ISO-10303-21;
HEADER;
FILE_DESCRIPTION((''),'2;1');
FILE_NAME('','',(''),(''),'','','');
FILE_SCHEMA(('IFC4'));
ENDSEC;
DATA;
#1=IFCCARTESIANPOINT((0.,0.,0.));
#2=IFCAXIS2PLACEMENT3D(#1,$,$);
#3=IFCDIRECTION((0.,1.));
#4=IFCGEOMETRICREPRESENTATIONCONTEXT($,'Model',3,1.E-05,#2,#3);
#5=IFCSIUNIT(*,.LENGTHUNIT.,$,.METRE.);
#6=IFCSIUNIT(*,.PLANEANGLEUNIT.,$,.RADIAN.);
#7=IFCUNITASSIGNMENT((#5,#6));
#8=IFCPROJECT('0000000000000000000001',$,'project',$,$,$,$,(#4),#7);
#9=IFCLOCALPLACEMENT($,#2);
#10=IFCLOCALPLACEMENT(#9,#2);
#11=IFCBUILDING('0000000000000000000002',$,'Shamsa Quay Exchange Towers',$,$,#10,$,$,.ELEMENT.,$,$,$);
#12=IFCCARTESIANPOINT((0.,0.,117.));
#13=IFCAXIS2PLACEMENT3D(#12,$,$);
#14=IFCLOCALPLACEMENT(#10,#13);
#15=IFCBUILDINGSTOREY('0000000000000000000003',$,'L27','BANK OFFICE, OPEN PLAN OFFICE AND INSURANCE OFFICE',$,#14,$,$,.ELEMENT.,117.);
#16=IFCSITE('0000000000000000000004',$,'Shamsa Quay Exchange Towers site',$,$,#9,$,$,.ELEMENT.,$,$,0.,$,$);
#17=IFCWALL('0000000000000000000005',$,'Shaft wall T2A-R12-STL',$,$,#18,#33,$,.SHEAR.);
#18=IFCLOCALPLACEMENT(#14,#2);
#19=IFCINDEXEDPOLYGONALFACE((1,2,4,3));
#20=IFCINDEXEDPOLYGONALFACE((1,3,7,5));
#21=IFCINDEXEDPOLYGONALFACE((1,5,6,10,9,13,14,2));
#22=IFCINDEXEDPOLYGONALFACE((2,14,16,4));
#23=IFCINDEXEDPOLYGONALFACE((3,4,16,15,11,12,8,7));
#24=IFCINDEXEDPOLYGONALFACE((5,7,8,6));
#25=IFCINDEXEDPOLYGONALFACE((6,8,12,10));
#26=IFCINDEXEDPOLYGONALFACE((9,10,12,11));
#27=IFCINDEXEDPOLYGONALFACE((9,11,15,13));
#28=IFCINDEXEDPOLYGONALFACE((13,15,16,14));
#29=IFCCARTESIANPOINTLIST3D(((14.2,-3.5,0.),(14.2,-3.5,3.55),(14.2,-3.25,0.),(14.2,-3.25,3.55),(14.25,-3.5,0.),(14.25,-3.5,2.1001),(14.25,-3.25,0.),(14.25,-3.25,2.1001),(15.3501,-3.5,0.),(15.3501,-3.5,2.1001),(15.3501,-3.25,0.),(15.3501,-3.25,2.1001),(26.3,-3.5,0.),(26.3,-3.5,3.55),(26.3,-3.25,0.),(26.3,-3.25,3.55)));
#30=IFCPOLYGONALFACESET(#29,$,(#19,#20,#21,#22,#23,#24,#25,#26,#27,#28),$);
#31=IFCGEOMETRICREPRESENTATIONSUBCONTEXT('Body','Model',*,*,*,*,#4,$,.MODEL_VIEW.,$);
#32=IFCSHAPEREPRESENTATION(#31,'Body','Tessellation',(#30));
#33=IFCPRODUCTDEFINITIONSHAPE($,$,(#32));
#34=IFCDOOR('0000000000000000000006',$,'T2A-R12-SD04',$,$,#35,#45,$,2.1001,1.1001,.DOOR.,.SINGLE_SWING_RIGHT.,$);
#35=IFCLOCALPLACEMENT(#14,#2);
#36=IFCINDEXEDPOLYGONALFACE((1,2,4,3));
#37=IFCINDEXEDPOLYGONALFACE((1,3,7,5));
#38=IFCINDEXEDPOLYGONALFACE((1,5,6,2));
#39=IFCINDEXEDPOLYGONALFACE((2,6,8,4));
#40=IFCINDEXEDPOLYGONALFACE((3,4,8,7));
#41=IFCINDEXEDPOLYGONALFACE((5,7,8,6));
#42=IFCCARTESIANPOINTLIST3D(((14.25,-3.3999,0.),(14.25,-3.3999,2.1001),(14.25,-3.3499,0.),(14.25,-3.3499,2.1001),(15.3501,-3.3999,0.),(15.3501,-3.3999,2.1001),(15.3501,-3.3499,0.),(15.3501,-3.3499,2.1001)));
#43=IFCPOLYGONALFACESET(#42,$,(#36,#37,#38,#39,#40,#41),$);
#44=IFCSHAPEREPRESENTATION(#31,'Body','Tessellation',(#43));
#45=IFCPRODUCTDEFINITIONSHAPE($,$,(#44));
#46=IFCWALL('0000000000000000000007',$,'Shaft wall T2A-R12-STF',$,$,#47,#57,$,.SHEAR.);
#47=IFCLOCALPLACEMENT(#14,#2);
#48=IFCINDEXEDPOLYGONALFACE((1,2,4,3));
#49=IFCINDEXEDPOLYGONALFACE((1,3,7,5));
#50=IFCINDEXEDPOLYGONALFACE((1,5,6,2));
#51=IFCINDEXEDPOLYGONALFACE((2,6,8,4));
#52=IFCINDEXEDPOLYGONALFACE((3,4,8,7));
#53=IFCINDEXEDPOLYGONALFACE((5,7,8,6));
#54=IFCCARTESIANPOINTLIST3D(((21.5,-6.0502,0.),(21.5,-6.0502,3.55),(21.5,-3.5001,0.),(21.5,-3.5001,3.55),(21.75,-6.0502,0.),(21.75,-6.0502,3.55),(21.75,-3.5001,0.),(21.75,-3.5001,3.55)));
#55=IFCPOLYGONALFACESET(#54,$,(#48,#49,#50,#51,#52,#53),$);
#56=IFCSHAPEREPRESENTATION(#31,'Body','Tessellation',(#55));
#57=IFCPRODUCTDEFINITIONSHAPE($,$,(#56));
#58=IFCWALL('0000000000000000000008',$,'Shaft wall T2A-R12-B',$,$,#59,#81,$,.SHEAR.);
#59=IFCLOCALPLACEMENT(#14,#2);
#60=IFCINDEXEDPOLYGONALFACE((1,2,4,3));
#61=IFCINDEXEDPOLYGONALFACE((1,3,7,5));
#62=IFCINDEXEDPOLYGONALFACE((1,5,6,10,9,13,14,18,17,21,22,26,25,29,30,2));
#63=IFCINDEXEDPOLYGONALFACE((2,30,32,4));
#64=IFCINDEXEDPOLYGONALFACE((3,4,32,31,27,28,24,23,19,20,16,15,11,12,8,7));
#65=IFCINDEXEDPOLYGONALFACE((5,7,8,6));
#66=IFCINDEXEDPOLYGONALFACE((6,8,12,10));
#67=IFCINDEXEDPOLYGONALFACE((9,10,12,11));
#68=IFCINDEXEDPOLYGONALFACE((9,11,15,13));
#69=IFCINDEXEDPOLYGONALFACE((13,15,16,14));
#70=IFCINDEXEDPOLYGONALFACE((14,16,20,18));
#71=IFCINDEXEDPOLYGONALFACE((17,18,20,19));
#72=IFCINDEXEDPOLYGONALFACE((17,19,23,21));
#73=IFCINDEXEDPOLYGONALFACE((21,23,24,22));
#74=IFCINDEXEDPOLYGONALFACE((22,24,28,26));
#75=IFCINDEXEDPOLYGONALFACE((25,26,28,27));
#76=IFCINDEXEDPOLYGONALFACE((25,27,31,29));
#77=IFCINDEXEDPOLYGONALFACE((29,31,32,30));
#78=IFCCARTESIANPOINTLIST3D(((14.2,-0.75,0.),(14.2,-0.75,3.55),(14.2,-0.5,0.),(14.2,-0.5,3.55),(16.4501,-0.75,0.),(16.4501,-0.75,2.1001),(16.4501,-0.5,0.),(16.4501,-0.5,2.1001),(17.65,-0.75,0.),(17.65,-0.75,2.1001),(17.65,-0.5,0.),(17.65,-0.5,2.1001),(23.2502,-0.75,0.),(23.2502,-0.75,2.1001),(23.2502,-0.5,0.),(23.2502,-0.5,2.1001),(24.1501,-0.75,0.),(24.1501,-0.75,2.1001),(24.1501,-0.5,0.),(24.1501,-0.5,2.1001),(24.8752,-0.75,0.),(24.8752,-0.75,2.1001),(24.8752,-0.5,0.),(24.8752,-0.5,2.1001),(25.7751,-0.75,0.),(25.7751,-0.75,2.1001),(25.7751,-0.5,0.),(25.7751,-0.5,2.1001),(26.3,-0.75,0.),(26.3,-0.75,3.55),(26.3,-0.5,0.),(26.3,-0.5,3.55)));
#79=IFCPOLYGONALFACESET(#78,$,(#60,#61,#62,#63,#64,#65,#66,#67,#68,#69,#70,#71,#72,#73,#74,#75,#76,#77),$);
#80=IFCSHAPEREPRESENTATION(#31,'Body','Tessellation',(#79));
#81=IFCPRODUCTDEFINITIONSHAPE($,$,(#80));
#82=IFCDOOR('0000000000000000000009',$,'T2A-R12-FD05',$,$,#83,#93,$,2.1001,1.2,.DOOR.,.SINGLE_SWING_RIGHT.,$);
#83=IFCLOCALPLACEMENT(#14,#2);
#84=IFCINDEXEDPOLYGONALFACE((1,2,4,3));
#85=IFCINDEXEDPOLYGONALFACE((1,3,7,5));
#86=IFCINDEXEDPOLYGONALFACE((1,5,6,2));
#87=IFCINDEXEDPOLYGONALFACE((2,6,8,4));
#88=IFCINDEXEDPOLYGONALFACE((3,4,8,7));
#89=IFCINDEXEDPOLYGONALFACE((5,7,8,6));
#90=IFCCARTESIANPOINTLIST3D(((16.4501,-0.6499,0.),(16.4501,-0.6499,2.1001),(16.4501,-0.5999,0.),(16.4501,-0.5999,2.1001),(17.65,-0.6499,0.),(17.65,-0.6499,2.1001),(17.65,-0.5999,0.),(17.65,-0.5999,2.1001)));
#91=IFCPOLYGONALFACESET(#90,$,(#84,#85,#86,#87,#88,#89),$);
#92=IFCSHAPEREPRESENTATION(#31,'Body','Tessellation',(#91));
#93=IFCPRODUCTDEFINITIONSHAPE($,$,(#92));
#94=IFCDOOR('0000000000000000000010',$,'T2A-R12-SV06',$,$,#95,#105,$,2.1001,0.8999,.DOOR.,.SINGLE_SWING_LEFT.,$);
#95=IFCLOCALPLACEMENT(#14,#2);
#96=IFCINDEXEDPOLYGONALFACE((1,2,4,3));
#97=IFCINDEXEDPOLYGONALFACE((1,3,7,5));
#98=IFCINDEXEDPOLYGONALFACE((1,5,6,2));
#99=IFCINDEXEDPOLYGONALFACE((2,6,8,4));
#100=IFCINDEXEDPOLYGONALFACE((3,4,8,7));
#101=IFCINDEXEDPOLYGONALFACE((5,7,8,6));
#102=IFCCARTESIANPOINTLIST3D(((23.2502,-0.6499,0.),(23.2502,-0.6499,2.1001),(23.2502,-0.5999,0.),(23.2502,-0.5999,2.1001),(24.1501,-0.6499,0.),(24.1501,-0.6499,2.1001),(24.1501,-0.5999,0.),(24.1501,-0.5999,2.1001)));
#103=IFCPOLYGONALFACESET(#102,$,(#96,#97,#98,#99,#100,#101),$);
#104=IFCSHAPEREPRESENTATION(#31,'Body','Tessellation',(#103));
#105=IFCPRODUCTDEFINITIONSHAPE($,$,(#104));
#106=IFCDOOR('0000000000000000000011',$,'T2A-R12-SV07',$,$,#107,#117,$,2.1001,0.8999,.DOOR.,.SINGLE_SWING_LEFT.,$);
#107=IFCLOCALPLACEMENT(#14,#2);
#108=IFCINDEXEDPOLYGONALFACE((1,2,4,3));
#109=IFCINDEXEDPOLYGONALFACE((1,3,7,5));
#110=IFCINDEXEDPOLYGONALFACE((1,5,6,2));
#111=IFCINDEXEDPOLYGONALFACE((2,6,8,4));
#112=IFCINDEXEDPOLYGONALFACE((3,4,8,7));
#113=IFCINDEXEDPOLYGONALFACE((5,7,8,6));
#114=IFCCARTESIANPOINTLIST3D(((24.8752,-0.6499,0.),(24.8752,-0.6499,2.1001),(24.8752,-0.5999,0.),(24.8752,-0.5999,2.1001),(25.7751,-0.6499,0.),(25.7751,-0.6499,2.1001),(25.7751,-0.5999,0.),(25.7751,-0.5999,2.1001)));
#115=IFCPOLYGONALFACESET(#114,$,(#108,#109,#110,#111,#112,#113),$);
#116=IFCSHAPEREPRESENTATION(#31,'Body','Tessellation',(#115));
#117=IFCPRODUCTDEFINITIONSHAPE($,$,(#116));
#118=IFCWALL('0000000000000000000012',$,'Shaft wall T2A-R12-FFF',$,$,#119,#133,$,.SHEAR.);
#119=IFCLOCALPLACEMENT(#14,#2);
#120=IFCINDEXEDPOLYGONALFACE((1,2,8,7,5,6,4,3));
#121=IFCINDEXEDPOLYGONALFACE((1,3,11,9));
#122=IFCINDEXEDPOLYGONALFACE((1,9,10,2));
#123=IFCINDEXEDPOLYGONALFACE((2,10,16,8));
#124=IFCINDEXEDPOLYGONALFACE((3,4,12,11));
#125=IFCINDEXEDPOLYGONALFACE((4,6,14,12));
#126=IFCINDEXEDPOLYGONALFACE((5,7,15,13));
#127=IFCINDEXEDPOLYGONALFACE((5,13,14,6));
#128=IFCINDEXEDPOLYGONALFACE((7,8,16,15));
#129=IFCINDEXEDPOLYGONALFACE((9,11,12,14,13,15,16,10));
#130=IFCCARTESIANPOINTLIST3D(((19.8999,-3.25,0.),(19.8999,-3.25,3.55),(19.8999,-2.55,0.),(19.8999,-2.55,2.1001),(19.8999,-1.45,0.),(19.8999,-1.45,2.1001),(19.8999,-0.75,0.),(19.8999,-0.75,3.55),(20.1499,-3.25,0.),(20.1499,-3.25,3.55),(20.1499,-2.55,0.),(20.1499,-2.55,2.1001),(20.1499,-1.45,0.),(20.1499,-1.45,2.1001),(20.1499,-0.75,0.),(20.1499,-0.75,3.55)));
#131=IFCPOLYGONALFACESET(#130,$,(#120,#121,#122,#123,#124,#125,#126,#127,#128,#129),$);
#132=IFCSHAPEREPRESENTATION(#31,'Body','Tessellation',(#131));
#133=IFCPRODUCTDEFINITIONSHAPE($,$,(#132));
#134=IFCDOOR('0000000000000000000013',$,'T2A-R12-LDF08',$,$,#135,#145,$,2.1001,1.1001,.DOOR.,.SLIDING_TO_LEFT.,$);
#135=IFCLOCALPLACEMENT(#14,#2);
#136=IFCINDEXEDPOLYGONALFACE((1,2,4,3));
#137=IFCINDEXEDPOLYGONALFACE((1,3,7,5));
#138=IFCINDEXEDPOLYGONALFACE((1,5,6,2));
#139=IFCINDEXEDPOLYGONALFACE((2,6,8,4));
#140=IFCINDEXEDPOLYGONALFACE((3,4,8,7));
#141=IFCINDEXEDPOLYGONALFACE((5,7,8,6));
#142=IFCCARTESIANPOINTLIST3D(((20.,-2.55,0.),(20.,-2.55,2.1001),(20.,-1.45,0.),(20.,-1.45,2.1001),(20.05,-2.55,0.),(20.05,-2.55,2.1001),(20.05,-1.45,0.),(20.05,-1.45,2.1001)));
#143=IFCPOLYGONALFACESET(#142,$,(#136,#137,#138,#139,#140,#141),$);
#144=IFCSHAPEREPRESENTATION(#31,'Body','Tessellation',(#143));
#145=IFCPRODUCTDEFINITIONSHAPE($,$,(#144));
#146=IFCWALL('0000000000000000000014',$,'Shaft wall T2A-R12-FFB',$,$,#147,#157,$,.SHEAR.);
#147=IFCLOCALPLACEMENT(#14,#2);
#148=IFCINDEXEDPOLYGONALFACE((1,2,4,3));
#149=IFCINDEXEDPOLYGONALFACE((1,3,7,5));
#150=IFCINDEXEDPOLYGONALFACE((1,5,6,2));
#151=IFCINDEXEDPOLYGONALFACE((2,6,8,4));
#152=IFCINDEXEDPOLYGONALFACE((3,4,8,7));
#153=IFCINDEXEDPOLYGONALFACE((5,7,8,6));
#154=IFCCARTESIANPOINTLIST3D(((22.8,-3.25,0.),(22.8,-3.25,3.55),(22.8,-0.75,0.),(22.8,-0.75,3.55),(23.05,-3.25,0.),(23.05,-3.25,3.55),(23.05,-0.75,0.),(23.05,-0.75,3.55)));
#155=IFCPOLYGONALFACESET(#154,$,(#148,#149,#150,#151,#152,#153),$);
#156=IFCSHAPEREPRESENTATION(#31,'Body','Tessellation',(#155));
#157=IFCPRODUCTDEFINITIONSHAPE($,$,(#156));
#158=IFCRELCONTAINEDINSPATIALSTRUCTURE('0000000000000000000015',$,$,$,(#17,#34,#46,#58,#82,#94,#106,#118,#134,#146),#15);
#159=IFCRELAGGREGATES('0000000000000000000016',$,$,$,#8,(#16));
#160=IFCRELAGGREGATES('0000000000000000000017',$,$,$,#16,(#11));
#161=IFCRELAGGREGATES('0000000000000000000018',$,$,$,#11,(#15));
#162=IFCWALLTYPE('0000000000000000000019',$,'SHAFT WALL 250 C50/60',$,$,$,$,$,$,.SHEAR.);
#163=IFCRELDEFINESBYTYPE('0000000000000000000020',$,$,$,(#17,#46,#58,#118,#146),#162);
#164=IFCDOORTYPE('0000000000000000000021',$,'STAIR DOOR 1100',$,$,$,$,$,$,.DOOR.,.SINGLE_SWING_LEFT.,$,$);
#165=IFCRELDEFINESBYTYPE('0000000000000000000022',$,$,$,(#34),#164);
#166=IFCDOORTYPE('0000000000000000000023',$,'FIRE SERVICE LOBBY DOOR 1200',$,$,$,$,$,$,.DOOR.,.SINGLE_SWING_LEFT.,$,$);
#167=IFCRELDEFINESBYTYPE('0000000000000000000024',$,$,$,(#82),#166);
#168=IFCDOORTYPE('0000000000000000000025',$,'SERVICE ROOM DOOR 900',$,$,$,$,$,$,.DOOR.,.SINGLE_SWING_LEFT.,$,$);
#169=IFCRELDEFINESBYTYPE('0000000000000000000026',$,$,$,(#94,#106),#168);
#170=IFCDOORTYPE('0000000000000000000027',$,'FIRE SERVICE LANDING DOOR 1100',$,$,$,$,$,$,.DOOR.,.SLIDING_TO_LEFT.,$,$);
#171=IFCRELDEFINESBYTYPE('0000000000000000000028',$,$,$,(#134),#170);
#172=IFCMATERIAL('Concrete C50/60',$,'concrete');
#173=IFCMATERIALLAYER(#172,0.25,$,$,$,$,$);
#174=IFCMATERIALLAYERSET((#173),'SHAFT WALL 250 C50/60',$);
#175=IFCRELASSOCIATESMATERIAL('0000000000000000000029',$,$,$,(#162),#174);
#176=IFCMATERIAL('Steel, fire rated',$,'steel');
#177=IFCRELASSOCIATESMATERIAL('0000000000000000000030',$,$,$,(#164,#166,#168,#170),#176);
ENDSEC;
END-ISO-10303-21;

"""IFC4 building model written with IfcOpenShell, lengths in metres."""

from ifc_helpers import new_model, si_unit, direction, frame, frame_2d, origin, place, context, subcontext, project, spatial, rectangle, extrude, material, layer, layer_set, type_object, element, fill, save


model = new_model("IFC4")

# Units and contexts
model_context = context("Model", 3, precision=1e-05, world=origin(), true_north=direction((0.0, 1.0)))
body_context = subcontext(model_context, "Body", "Model", "MODEL_VIEW")
ifc_project = project(units=[si_unit("LENGTHUNIT", "METRE"), si_unit("PLANEANGLEUNIT", "RADIAN")], contexts=[model_context])

# Site, building, storey
site_placement = place(None, origin())
site = spatial("IfcSite", under=ifc_project, at=site_placement, Name="Shamsa Quay Exchange Towers site", CompositionType="ELEMENT", RefElevation=0.0)
building_placement = place(site_placement, origin())
building = spatial("IfcBuilding", under=site, at=building_placement, Name="Shamsa Quay Exchange Towers", CompositionType="ELEMENT")
storey_placement = place(building_placement, frame((0.0, 0.0, 117.0)))
storey = spatial("IfcBuildingStorey", under=building, at=storey_placement, Name="L27", Description="BANK OFFICE, OPEN PLAN OFFICE AND INSURANCE OFFICE", CompositionType="ELEMENT", Elevation=117.0)

# Wall, opening, door
ifc_material_1 = material(Name="Concrete C50/60", Category="concrete")
ifc_layer_1 = layer(ifc_material_1, 0.25)
ifc_layer_set_1 = layer_set([ifc_layer_1], Name="SHAFT WALL 250 C50/60")
wall_type_1 = type_object("IfcWallType", Name="SHAFT WALL 250 C50/60", PredefinedType="SHEAR", material=ifc_layer_set_1)
wall_1_placement = place(storey_placement, frame((26.3, -3.375, 0.0), z_axis=(0.0, 0.0, 1.0), x_axis=(-1.0, 0.0, 0.0)))
wall_1 = element("IfcWall", 1, at=wall_1_placement, inside=storey, type_object=wall_type_1, Name="Shaft wall T2A-R12-STL", PredefinedType="SHEAR", context=body_context, shape_type="SweptSolid", body=[
    extrude(rectangle(XDim=12.1001, YDim=0.25, at=frame_2d((6.05, 0.0))), origin(), (0.0, 0.0, 1.0), 3.55),
])
opening_1_placement = place(wall_1_placement, frame((10.95, 0.0, 0.0)))
opening_1 = element("IfcOpeningElement", 2, at=opening_1_placement, cuts=wall_1, PredefinedType="OPENING", context=body_context, shape_type="SweptSolid", body=[
    extrude(rectangle(XDim=1.1001, YDim=2.1001, at=frame_2d((0.55, 1.05))), frame((0.0, 0.135, 0.0), z_axis=(0.0, -1.0, 0.0), x_axis=(1.0, 0.0, 0.0)), (0.0, 0.0, 1.0), 0.27),
])
ifc_material_2 = material(Name="Steel, fire rated", Category="steel")
door_type_1 = type_object("IfcDoorType", Name="STAIR DOOR 1100", OperationType="SINGLE_SWING_LEFT", PredefinedType="DOOR", material=ifc_material_2)
door_1_placement = place(opening_1_placement, origin())
door_1 = element("IfcDoor", 3, at=door_1_placement, inside=storey, type_object=door_type_1, Name="T2A-R12-SD04", OperationType="SINGLE_SWING_RIGHT", OverallHeight=2.1001, OverallWidth=1.1001, PredefinedType="DOOR", context=body_context, shape_type="SweptSolid", body=[
    extrude(rectangle(XDim=1.1001, YDim=2.1001, at=frame_2d((0.55, 1.05))), frame((0.0, 0.0249, 0.0), z_axis=(0.0, -1.0, 0.0), x_axis=(1.0, 0.0, 0.0)), (0.0, 0.0, 1.0), 0.05),
])
fill(opening_1, door_1)

# Wall
wall_2_placement = place(storey_placement, frame((21.625, -6.05, 0.0), z_axis=(0.0, 0.0, 1.0), x_axis=(0.0, 1.0, 0.0)))
element("IfcWall", 4, at=wall_2_placement, inside=storey, type_object=wall_type_1, Name="Shaft wall T2A-R12-STF", PredefinedType="SHEAR", context=body_context, shape_type="SweptSolid", body=[
    extrude(rectangle(XDim=2.55, YDim=0.25, at=frame_2d((1.2749, 0.0))), origin(), (0.0, 0.0, 1.0), 3.55),
])

# Wall, openings, doors
wall_3_placement = place(storey_placement, frame((26.3, -0.625, 0.0), z_axis=(0.0, 0.0, 1.0), x_axis=(-1.0, 0.0, 0.0)))
wall_3 = element("IfcWall", 5, at=wall_3_placement, inside=storey, type_object=wall_type_1, Name="Shaft wall T2A-R12-B", PredefinedType="SHEAR", context=body_context, shape_type="SweptSolid", body=[
    extrude(rectangle(XDim=12.1001, YDim=0.25, at=frame_2d((6.05, 0.0))), origin(), (0.0, 0.0, 1.0), 3.55),
])
opening_2_placement = place(wall_3_placement, frame((8.6499, 0.0, 0.0)))
opening_2 = element("IfcOpeningElement", 6, at=opening_2_placement, cuts=wall_3, PredefinedType="OPENING", context=body_context, shape_type="SweptSolid", body=[
    extrude(rectangle(XDim=1.2, YDim=2.1001, at=frame_2d((0.6001, 1.05))), frame((0.0, 0.135, 0.0), z_axis=(0.0, -1.0, 0.0), x_axis=(1.0, 0.0, 0.0)), (0.0, 0.0, 1.0), 0.27),
])
opening_3_placement = place(wall_3_placement, frame((2.1499, 0.0, 0.0)))
opening_3 = element("IfcOpeningElement", 7, at=opening_3_placement, cuts=wall_3, PredefinedType="OPENING", context=body_context, shape_type="SweptSolid", body=[
    extrude(rectangle(XDim=0.8999, YDim=2.1001, at=frame_2d((0.45, 1.05))), frame((0.0, 0.135, 0.0), z_axis=(0.0, -1.0, 0.0), x_axis=(1.0, 0.0, 0.0)), (0.0, 0.0, 1.0), 0.27),
])
opening_4_placement = place(wall_3_placement, frame((0.5249, 0.0, 0.0)))
opening_4 = element("IfcOpeningElement", 8, at=opening_4_placement, cuts=wall_3, PredefinedType="OPENING", context=body_context, shape_type="SweptSolid", body=[
    extrude(rectangle(XDim=0.8999, YDim=2.1001, at=frame_2d((0.45, 1.05))), frame((0.0, 0.135, 0.0), z_axis=(0.0, -1.0, 0.0), x_axis=(1.0, 0.0, 0.0)), (0.0, 0.0, 1.0), 0.27),
])
door_type_2 = type_object("IfcDoorType", Name="FIRE SERVICE LOBBY DOOR 1200", OperationType="SINGLE_SWING_LEFT", PredefinedType="DOOR", material=ifc_material_2)
door_2_placement = place(opening_2_placement, origin())
door_2 = element("IfcDoor", 9, at=door_2_placement, inside=storey, type_object=door_type_2, Name="T2A-R12-FD05", OperationType="SINGLE_SWING_RIGHT", OverallHeight=2.1001, OverallWidth=1.2, PredefinedType="DOOR", context=body_context, shape_type="SweptSolid", body=[
    extrude(rectangle(XDim=1.2, YDim=2.1001, at=frame_2d((0.6001, 1.05))), frame((0.0, 0.0249, 0.0), z_axis=(0.0, -1.0, 0.0), x_axis=(1.0, 0.0, 0.0)), (0.0, 0.0, 1.0), 0.05),
])
fill(opening_2, door_2)
door_type_3 = type_object("IfcDoorType", Name="SERVICE ROOM DOOR 900", OperationType="SINGLE_SWING_LEFT", PredefinedType="DOOR", material=ifc_material_2)
door_3_placement = place(opening_3_placement, origin())
door_3 = element("IfcDoor", 10, at=door_3_placement, inside=storey, type_object=door_type_3, Name="T2A-R12-SV06", OperationType="SINGLE_SWING_LEFT", OverallHeight=2.1001, OverallWidth=0.8999, PredefinedType="DOOR", context=body_context, shape_type="SweptSolid", body=[
    extrude(rectangle(XDim=0.8999, YDim=2.1001, at=frame_2d((0.45, 1.05))), frame((0.0, 0.0249, 0.0), z_axis=(0.0, -1.0, 0.0), x_axis=(1.0, 0.0, 0.0)), (0.0, 0.0, 1.0), 0.05),
])
fill(opening_3, door_3)
door_4_placement = place(opening_4_placement, origin())
door_4 = element("IfcDoor", 11, at=door_4_placement, inside=storey, type_object=door_type_3, Name="T2A-R12-SV07", OperationType="SINGLE_SWING_LEFT", OverallHeight=2.1001, OverallWidth=0.8999, PredefinedType="DOOR", context=body_context, shape_type="SweptSolid", body=[
    extrude(rectangle(XDim=0.8999, YDim=2.1001, at=frame_2d((0.45, 1.05))), frame((0.0, 0.0249, 0.0), z_axis=(0.0, -1.0, 0.0), x_axis=(1.0, 0.0, 0.0)), (0.0, 0.0, 1.0), 0.05),
])
fill(opening_4, door_4)

# Wall, opening, door
wall_4_placement = place(storey_placement, frame((20.0249, -3.25, 0.0), z_axis=(0.0, 0.0, 1.0), x_axis=(0.0, 1.0, 0.0)))
wall_4 = element("IfcWall", 12, at=wall_4_placement, inside=storey, type_object=wall_type_1, Name="Shaft wall T2A-R12-FFF", PredefinedType="SHEAR", context=body_context, shape_type="SweptSolid", body=[
    extrude(rectangle(XDim=2.5, YDim=0.25, at=frame_2d((1.25, 0.0))), origin(), (0.0, 0.0, 1.0), 3.55),
])
opening_5_placement = place(wall_4_placement, frame((0.7, 0.0, 0.0)))
opening_5 = element("IfcOpeningElement", 13, at=opening_5_placement, cuts=wall_4, PredefinedType="OPENING", context=body_context, shape_type="SweptSolid", body=[
    extrude(rectangle(XDim=1.1001, YDim=2.1001, at=frame_2d((0.55, 1.05))), frame((0.0, 0.135, 0.0), z_axis=(0.0, -1.0, 0.0), x_axis=(1.0, 0.0, 0.0)), (0.0, 0.0, 1.0), 0.27),
])
door_type_4 = type_object("IfcDoorType", Name="FIRE SERVICE LANDING DOOR 1100", OperationType="SLIDING_TO_LEFT", PredefinedType="DOOR", material=ifc_material_2)
door_5_placement = place(opening_5_placement, origin())
door_5 = element("IfcDoor", 14, at=door_5_placement, inside=storey, type_object=door_type_4, Name="T2A-R12-LDF08", OperationType="SLIDING_TO_LEFT", OverallHeight=2.1001, OverallWidth=1.1001, PredefinedType="DOOR", context=body_context, shape_type="SweptSolid", body=[
    extrude(rectangle(XDim=1.1001, YDim=2.1001, at=frame_2d((0.55, 1.05))), frame((0.0, 0.0249, 0.0), z_axis=(0.0, -1.0, 0.0), x_axis=(1.0, 0.0, 0.0)), (0.0, 0.0, 1.0), 0.05),
])
fill(opening_5, door_5)

# Wall
wall_5_placement = place(storey_placement, frame((22.925, -3.25, 0.0), z_axis=(0.0, 0.0, 1.0), x_axis=(0.0, 1.0, 0.0)))
element("IfcWall", 15, at=wall_5_placement, inside=storey, type_object=wall_type_1, Name="Shaft wall T2A-R12-FFB", PredefinedType="SHEAR", context=body_context, shape_type="SweptSolid", body=[
    extrude(rectangle(XDim=2.5, YDim=0.25, at=frame_2d((1.25, 0.0))), origin(), (0.0, 0.0, 1.0), 3.55),
])

save(model, "model.ifc")
